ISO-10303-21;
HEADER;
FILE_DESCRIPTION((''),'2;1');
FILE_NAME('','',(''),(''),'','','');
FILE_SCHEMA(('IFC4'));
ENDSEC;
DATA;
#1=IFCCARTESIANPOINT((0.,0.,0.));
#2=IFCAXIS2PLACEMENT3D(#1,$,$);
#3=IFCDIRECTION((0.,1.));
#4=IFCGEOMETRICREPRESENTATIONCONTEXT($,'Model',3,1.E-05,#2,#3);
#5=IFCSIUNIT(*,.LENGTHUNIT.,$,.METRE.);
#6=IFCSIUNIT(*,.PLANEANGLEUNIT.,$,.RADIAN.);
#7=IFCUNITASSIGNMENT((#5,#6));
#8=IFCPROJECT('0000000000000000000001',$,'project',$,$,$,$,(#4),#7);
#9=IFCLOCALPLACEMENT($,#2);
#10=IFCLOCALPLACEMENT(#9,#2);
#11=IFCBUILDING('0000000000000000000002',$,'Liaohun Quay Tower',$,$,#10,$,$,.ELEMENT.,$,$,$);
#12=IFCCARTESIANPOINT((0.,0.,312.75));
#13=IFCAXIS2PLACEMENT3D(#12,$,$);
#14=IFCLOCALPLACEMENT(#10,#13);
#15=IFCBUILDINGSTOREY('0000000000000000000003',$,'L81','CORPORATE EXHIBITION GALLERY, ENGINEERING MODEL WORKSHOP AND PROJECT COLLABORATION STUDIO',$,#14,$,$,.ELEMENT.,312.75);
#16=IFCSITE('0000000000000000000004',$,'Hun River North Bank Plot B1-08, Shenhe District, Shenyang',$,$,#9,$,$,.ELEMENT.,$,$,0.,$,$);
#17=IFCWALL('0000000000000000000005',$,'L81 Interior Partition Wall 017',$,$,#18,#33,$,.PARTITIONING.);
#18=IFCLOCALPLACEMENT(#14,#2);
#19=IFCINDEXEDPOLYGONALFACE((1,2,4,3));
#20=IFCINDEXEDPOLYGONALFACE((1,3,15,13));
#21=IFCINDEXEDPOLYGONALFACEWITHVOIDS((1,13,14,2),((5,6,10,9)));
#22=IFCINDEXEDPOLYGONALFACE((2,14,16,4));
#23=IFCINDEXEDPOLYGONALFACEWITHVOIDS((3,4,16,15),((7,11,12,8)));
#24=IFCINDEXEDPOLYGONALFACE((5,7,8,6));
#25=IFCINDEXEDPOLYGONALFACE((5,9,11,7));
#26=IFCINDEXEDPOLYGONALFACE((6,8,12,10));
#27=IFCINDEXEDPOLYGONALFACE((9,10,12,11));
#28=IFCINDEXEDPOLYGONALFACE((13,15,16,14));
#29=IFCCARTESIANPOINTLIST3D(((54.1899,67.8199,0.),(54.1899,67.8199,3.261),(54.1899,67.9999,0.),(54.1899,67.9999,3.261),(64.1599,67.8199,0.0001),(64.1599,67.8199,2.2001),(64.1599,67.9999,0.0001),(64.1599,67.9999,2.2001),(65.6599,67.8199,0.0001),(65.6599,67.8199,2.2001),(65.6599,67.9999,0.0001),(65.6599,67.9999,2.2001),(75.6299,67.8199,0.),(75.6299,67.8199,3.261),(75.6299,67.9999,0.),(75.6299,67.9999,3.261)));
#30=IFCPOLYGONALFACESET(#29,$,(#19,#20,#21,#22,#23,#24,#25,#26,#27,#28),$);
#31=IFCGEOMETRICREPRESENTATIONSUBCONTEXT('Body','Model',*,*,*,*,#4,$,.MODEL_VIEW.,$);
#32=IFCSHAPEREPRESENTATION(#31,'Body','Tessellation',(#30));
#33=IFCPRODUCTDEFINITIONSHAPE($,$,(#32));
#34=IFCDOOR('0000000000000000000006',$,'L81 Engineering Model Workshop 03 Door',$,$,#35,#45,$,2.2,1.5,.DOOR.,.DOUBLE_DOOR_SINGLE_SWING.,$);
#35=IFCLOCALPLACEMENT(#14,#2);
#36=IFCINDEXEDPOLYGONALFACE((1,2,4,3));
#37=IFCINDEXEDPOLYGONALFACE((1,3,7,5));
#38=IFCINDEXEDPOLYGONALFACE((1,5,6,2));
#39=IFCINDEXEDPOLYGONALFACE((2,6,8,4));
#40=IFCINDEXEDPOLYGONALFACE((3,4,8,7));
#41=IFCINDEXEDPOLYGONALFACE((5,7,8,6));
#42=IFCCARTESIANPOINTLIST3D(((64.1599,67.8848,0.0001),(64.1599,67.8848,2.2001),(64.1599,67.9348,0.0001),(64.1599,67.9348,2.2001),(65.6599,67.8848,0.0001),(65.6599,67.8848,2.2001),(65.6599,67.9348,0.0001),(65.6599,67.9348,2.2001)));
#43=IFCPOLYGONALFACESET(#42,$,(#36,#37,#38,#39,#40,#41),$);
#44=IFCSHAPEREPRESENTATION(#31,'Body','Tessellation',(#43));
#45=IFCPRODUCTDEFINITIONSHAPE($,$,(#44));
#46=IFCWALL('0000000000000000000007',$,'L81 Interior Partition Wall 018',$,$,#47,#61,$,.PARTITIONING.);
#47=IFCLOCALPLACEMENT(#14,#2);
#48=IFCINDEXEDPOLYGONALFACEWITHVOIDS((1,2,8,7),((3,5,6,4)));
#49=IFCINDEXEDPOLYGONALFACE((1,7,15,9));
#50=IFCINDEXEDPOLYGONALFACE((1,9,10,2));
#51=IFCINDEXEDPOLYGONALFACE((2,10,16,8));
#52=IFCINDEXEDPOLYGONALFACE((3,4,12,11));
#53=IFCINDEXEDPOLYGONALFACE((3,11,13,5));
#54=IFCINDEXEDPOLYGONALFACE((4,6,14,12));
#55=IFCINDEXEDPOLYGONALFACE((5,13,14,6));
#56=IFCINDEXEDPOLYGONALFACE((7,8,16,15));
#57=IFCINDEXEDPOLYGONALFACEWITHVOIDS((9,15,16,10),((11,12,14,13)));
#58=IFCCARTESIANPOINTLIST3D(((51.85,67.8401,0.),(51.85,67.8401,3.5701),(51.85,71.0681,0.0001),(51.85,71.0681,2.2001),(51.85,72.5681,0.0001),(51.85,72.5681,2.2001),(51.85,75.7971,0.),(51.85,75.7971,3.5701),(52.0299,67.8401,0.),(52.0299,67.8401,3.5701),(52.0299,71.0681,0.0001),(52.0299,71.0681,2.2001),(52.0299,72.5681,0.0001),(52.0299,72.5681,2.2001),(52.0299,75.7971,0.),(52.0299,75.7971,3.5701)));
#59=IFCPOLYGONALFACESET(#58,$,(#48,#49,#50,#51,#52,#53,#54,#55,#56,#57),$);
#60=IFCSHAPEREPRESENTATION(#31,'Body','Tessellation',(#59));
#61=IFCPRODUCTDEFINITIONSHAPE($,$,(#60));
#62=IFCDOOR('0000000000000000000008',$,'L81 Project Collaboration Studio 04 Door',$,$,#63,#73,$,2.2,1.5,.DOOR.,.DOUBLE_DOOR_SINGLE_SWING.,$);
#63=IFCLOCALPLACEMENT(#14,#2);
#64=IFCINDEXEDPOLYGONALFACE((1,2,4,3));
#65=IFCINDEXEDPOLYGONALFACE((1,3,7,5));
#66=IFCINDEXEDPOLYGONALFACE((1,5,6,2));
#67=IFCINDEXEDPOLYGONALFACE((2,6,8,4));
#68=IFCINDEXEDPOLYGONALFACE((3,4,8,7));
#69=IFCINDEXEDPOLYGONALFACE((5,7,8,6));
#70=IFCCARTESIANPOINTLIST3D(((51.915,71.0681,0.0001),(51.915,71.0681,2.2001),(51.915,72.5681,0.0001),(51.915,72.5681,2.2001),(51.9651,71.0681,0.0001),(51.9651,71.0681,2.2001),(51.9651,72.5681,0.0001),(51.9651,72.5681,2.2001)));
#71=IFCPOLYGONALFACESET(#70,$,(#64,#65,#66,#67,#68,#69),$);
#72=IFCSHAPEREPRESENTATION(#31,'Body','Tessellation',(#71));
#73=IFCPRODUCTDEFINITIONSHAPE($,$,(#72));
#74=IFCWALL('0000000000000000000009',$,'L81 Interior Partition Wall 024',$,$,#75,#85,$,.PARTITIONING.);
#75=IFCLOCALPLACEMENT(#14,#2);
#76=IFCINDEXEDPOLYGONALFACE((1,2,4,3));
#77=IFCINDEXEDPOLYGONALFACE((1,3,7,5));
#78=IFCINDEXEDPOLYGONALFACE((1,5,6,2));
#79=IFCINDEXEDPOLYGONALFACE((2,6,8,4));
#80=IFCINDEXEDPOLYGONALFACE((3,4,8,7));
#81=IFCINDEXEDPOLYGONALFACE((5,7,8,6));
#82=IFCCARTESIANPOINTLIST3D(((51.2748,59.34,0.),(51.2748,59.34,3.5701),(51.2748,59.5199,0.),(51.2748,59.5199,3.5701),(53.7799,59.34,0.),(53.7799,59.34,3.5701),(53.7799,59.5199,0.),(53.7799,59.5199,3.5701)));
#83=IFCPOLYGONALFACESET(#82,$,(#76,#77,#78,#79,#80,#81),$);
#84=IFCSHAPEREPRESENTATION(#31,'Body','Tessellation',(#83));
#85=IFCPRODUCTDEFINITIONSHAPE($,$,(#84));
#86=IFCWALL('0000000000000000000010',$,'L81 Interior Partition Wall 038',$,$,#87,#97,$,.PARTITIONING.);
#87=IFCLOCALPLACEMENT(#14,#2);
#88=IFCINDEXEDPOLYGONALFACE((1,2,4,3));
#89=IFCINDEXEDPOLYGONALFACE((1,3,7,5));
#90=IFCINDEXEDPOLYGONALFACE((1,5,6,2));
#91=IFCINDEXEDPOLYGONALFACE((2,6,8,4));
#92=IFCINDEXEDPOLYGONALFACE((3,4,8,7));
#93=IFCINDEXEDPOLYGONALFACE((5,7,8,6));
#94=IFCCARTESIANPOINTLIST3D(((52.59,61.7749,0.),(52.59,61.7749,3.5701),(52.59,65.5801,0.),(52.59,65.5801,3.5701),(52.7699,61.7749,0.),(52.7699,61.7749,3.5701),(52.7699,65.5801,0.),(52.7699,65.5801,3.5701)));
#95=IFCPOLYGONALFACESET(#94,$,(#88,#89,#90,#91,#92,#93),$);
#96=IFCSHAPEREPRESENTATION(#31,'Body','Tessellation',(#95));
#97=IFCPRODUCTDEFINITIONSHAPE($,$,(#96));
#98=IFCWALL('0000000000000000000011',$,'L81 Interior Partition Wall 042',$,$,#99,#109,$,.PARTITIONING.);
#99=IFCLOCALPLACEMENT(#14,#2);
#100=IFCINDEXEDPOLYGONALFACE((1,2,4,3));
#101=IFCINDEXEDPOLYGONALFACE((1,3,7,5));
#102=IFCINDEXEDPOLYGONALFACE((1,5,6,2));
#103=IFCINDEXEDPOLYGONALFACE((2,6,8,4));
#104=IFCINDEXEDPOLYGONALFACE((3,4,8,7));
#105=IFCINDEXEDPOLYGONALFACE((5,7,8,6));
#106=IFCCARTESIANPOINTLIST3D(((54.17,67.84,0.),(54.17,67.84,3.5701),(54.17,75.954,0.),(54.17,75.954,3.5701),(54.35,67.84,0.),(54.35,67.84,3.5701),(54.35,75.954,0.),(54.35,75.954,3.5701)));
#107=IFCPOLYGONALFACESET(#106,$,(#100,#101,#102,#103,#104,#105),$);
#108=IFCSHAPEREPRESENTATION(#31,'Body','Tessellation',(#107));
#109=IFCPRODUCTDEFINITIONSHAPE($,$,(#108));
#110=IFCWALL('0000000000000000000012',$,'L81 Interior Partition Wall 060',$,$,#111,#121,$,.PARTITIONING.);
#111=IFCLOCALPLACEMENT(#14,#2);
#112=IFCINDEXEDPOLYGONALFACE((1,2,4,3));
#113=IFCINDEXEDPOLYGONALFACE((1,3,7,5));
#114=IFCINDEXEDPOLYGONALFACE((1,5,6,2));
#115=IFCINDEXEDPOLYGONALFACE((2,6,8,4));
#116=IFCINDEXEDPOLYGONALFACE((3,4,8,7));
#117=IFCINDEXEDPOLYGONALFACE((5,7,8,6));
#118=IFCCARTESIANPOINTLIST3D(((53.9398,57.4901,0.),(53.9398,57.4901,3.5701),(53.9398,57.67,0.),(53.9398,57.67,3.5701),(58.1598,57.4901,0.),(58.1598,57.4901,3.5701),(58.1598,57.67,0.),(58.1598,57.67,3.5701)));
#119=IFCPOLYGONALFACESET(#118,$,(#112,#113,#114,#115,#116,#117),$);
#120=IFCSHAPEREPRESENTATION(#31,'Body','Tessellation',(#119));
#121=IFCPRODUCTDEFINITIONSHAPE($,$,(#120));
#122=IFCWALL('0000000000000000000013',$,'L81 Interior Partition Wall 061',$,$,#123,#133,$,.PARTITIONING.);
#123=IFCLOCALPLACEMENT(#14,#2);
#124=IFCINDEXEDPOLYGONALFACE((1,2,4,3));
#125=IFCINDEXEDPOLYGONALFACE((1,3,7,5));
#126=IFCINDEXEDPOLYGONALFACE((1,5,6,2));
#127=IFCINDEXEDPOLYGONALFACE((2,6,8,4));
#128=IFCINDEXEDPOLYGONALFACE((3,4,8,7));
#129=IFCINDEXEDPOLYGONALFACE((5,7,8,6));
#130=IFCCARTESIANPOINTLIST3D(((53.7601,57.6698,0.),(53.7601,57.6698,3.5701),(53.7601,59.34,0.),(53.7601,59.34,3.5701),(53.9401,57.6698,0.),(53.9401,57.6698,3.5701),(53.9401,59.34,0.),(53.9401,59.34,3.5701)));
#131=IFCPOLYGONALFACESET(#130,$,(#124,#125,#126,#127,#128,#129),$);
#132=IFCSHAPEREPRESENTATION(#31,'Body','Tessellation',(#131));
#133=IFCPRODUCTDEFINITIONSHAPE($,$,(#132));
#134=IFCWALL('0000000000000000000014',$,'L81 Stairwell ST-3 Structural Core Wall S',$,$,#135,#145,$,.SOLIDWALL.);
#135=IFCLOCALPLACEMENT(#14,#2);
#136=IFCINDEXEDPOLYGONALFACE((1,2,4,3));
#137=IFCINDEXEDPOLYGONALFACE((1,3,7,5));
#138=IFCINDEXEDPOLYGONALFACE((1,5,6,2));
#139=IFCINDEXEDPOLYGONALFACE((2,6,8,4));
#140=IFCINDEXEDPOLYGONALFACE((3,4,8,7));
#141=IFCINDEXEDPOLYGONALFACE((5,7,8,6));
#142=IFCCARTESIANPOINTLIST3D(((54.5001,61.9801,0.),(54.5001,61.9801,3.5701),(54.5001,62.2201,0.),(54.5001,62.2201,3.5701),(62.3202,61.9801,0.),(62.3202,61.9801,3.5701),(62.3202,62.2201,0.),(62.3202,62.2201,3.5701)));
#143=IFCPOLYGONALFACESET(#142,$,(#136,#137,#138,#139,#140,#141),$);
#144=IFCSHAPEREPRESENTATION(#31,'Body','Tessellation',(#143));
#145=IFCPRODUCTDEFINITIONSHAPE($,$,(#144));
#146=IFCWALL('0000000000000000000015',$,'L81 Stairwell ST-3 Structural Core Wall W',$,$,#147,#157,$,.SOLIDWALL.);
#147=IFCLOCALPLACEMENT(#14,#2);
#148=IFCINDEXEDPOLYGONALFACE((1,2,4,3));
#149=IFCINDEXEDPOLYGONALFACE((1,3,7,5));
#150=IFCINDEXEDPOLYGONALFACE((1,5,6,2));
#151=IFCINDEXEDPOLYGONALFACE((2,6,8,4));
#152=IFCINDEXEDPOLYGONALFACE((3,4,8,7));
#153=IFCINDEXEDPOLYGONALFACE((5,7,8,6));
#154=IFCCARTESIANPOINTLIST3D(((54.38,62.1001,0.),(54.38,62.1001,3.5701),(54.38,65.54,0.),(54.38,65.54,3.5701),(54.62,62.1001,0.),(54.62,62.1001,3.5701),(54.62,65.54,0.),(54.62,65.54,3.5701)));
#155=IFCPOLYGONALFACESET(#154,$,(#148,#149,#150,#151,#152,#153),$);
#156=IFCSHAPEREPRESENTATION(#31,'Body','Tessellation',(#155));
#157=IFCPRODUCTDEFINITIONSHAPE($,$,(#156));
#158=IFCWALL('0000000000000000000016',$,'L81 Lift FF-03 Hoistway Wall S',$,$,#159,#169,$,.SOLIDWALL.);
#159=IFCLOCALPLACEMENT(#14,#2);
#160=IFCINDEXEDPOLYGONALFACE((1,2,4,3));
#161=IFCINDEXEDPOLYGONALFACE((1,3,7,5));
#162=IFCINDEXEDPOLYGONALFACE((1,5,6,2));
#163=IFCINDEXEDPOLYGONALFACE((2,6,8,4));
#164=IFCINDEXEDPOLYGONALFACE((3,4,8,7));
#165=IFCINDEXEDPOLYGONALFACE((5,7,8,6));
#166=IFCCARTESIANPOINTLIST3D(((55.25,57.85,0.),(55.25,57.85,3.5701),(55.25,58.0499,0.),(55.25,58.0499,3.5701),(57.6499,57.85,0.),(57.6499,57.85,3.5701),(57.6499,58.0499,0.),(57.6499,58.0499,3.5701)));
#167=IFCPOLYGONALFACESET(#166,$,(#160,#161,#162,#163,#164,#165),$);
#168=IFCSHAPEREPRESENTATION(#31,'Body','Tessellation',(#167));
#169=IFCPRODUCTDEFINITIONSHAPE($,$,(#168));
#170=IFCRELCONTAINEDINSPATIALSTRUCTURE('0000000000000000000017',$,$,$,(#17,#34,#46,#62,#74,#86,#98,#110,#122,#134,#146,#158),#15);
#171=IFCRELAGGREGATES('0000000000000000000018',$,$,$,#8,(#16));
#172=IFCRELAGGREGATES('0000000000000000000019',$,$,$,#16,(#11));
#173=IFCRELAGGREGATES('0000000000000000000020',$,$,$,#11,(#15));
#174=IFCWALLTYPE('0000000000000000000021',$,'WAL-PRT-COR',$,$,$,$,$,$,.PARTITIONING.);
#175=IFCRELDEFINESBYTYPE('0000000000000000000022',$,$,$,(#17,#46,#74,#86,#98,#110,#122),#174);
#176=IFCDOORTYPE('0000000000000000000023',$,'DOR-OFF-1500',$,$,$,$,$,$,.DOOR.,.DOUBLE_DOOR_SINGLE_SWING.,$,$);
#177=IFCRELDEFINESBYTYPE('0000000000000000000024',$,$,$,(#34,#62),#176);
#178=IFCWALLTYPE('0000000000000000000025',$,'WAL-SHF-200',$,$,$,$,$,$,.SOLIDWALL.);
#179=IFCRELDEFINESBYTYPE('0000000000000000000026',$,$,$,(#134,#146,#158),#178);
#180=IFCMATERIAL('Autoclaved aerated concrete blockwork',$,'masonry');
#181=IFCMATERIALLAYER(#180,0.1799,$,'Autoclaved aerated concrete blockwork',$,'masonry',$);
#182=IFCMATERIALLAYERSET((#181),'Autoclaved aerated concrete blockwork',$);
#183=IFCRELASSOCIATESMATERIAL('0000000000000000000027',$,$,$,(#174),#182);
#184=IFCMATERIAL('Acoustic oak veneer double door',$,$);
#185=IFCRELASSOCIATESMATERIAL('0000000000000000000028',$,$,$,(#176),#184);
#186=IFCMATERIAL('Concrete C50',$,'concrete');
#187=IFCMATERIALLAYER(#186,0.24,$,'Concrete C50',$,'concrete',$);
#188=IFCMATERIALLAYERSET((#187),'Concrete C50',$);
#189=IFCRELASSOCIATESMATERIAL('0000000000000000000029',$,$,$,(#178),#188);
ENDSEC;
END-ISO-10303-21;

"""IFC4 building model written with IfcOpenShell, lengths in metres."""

from ifc_helpers import new_model, si_unit, direction, frame, frame_2d, origin, place, context, subcontext, project, spatial, rectangle, extrude, source, transform, mapped, material, layer, layer_set, type_object, element, fill, save


model = new_model("IFC4")

# Units and contexts
model_context = context("Model", 3, precision=1e-05, world=origin(), true_north=direction((0.0, 1.0)))
body_context = subcontext(model_context, "Body", "Model", "MODEL_VIEW")
ifc_project = project(units=[si_unit("LENGTHUNIT", "METRE"), si_unit("PLANEANGLEUNIT", "RADIAN")], contexts=[model_context])

# Site, building, storey
site_placement = place(None, origin())
site = spatial("IfcSite", under=ifc_project, at=site_placement, Name="Hun River North Bank Plot B1-08, Shenhe District, Shenyang", CompositionType="ELEMENT", RefElevation=0.0)
building_placement = place(site_placement, origin())
building = spatial("IfcBuilding", under=site, at=building_placement, Name="Liaohun Quay Tower", CompositionType="ELEMENT")
storey_placement = place(building_placement, frame((0.0, 0.0, 312.75)))
storey = spatial("IfcBuildingStorey", under=building, at=storey_placement, Name="L81", Description="CORPORATE EXHIBITION GALLERY, ENGINEERING MODEL WORKSHOP AND PROJECT COLLABORATION STUDIO", CompositionType="ELEMENT", Elevation=312.75)

# Shared definitions
ifc_material_1 = material(Name="Concrete C50", Category="concrete")

# Walls, openings, doors
ifc_material_2 = material(Name="Autoclaved aerated concrete blockwork", Category="masonry")
ifc_layer_1 = layer(ifc_material_2, 0.1799, Name="Autoclaved aerated concrete blockwork", Category="masonry")
ifc_layer_set_1 = layer_set([ifc_layer_1], Name="Autoclaved aerated concrete blockwork")
wall_type_1 = type_object("IfcWallType", Name="WAL-PRT-COR", PredefinedType="PARTITIONING", material=ifc_layer_set_1)
wall_1_placement = place(storey_placement, frame((54.1899, 67.9099, 0.0), z_axis=(0.0, 0.0, 1.0), x_axis=(1.0, 0.0, 0.0)))
wall_1 = element("IfcWall", 1, at=wall_1_placement, inside=storey, type_object=wall_type_1, Name="L81 Interior Partition Wall 017", PredefinedType="PARTITIONING", context=body_context, shape_type="SweptSolid", body=[
    extrude(rectangle(XDim=21.4399, YDim=0.1799, at=frame_2d((10.72, 0.0))), origin(), (0.0, 0.0, 1.0), 3.261),
])
shared_shape_1 = source(origin(), body_context, "Body", "SweptSolid", [
    extrude(rectangle(XDim=1.5, YDim=2.2, at=frame_2d((0.75, 1.1001))), frame((0.0, 0.0999, 0.0), z_axis=(0.0, -1.0, 0.0), x_axis=(1.0, 0.0, 0.0)), (0.0, 0.0, 1.0), 0.2),
])
opening_1_placement = place(wall_1_placement, frame((9.97, 0.0, 0.0)))
opening_1 = element("IfcOpeningElement", 2, at=opening_1_placement, cuts=wall_1, PredefinedType="OPENING", context=body_context, shape_type="MappedRepresentation", body=[
    mapped(shared_shape_1, transform((0.0, 0.0, 0.0), x_axis=(1.0, 0.0, 0.0), y_axis=(0.0, 1.0, 0.0), z_axis=(0.0, 0.0, 1.0), scale=1.0)),
])
ifc_material_3 = material(Name="Acoustic oak veneer double door")
door_type_1 = type_object("IfcDoorType", Name="DOR-OFF-1500", OperationType="DOUBLE_DOOR_SINGLE_SWING", PredefinedType="DOOR", material=ifc_material_3)
shared_shape_2 = source(origin(), body_context, "Body", "SweptSolid", [
    extrude(rectangle(XDim=1.5, YDim=2.2, at=frame_2d((0.75, 1.1001))), frame((0.0, 0.0249, 0.0), z_axis=(0.0, -1.0, 0.0), x_axis=(1.0, 0.0, 0.0)), (0.0, 0.0, 1.0), 0.05),
])
door_1_placement = place(opening_1_placement, origin())
door_1 = element("IfcDoor", 3, at=door_1_placement, inside=storey, type_object=door_type_1, Name="L81 Engineering Model Workshop 03 Door", OperationType="DOUBLE_DOOR_SINGLE_SWING", OverallHeight=2.2, OverallWidth=1.5, PredefinedType="DOOR", context=body_context, shape_type="MappedRepresentation", body=[
    mapped(shared_shape_2, transform((0.0, 0.0, 0.0), x_axis=(1.0, 0.0, 0.0), y_axis=(0.0, 1.0, 0.0), z_axis=(0.0, 0.0, 1.0), scale=1.0)),
])
fill(opening_1, door_1)
wall_2_placement = place(storey_placement, frame((51.9399, 67.8401, 0.0), z_axis=(0.0, 0.0, 1.0), x_axis=(0.0, 1.0, 0.0)))
wall_2 = element("IfcWall", 4, at=wall_2_placement, inside=storey, type_object=wall_type_1, Name="L81 Interior Partition Wall 018", PredefinedType="PARTITIONING", context=body_context, shape_type="SweptSolid", body=[
    extrude(rectangle(XDim=7.957, YDim=0.1799, at=frame_2d((3.9785, 0.0))), origin(), (0.0, 0.0, 1.0), 3.5701),
])
opening_2_placement = place(wall_2_placement, frame((3.228, 0.0, 0.0)))
opening_2 = element("IfcOpeningElement", 5, at=opening_2_placement, cuts=wall_2, PredefinedType="OPENING", context=body_context, shape_type="MappedRepresentation", body=[
    mapped(shared_shape_1, transform((0.0, 0.0, 0.0), x_axis=(1.0, 0.0, 0.0), y_axis=(0.0, 1.0, 0.0), z_axis=(0.0, 0.0, 1.0), scale=1.0)),
])
door_2_placement = place(opening_2_placement, origin())
door_2 = element("IfcDoor", 6, at=door_2_placement, inside=storey, type_object=door_type_1, Name="L81 Project Collaboration Studio 04 Door", OperationType="DOUBLE_DOOR_SINGLE_SWING", OverallHeight=2.2, OverallWidth=1.5, PredefinedType="DOOR", context=body_context, shape_type="MappedRepresentation", body=[
    mapped(shared_shape_2, transform((0.0, 0.0, 0.0), x_axis=(1.0, 0.0, 0.0), y_axis=(0.0, 1.0, 0.0), z_axis=(0.0, 0.0, 1.0), scale=1.0)),
])
fill(opening_2, door_2)

# Walls
wall_3_placement = place(storey_placement, frame((51.2749, 59.4299, 0.0), z_axis=(0.0, 0.0, 1.0), x_axis=(1.0, 0.0, 0.0)))
element("IfcWall", 7, at=wall_3_placement, inside=storey, type_object=wall_type_1, Name="L81 Interior Partition Wall 024", PredefinedType="PARTITIONING", context=body_context, shape_type="SweptSolid", body=[
    extrude(rectangle(XDim=2.5051, YDim=0.1799, at=frame_2d((1.2524, 0.0))), origin(), (0.0, 0.0, 1.0), 3.5701),
])
wall_4_placement = place(storey_placement, frame((52.6799, 61.7749, 0.0), z_axis=(0.0, 0.0, 1.0), x_axis=(0.0, 1.0, 0.0)))
element("IfcWall", 8, at=wall_4_placement, inside=storey, type_object=wall_type_1, Name="L81 Interior Partition Wall 038", PredefinedType="PARTITIONING", context=body_context, shape_type="SweptSolid", body=[
    extrude(rectangle(XDim=3.8052, YDim=0.1799, at=frame_2d((1.9026, 0.0))), origin(), (0.0, 0.0, 1.0), 3.5701),
])
wall_5_placement = place(storey_placement, frame((54.26, 75.9541, 0.0), z_axis=(0.0, 0.0, 1.0), x_axis=(0.0, -1.0, 0.0)))
element("IfcWall", 9, at=wall_5_placement, inside=storey, type_object=wall_type_1, Name="L81 Interior Partition Wall 042", PredefinedType="PARTITIONING", context=body_context, shape_type="SweptSolid", body=[
    extrude(rectangle(XDim=8.114, YDim=0.1799, at=frame_2d((4.0571, 0.0))), origin(), (0.0, 0.0, 1.0), 3.5701),
])
wall_6_placement = place(storey_placement, frame((53.9399, 57.5801, 0.0), z_axis=(0.0, 0.0, 1.0), x_axis=(1.0, 0.0, 0.0)))
element("IfcWall", 10, at=wall_6_placement, inside=storey, type_object=wall_type_1, Name="L81 Interior Partition Wall 060", PredefinedType="PARTITIONING", context=body_context, shape_type="SweptSolid", body=[
    extrude(rectangle(XDim=4.22, YDim=0.1799, at=frame_2d((2.1099, 0.0))), origin(), (0.0, 0.0, 1.0), 3.5701),
])
wall_7_placement = place(storey_placement, frame((53.8501, 57.6699, 0.0), z_axis=(0.0, 0.0, 1.0), x_axis=(0.0, 1.0, 0.0)))
element("IfcWall", 11, at=wall_7_placement, inside=storey, type_object=wall_type_1, Name="L81 Interior Partition Wall 061", PredefinedType="PARTITIONING", context=body_context, shape_type="SweptSolid", body=[
    extrude(rectangle(XDim=1.6702, YDim=0.1799, at=frame_2d((0.835, 0.0))), origin(), (0.0, 0.0, 1.0), 3.5701),
])
ifc_layer_2 = layer(ifc_material_1, 0.24, Name="Concrete C50", Category="concrete")
ifc_layer_set_2 = layer_set([ifc_layer_2], Name="Concrete C50")
wall_type_2 = type_object("IfcWallType", Name="WAL-SHF-200", PredefinedType="SOLIDWALL", material=ifc_layer_set_2)
wall_8_placement = place(storey_placement, frame((54.5, 62.1001, 0.0), z_axis=(0.0, 0.0, 1.0), x_axis=(1.0, 0.0, 0.0)))
element("IfcWall", 12, at=wall_8_placement, inside=storey, type_object=wall_type_2, Name="L81 Stairwell ST-3 Structural Core Wall S", PredefinedType="SOLIDWALL", context=body_context, shape_type="SweptSolid", body=[
    extrude(rectangle(XDim=7.8201, YDim=0.24, at=frame_2d((3.9102, 0.0))), origin(), (0.0, 0.0, 1.0), 3.5701),
])
wall_9_placement = place(storey_placement, frame((54.5, 65.54, 0.0), z_axis=(0.0, 0.0, 1.0), x_axis=(0.0, -1.0, 0.0)))
element("IfcWall", 13, at=wall_9_placement, inside=storey, type_object=wall_type_2, Name="L81 Stairwell ST-3 Structural Core Wall W", PredefinedType="SOLIDWALL", context=body_context, shape_type="SweptSolid", body=[
    extrude(rectangle(XDim=3.4399, YDim=0.24, at=frame_2d((1.72, 0.0))), origin(), (0.0, 0.0, 1.0), 3.5701),
])
wall_10_placement = place(storey_placement, frame((55.25, 57.95, 0.0), z_axis=(0.0, 0.0, 1.0), x_axis=(1.0, 0.0, 0.0)))
element("IfcWall", 14, at=wall_10_placement, inside=storey, type_object=wall_type_2, Name="L81 Lift FF-03 Hoistway Wall S", PredefinedType="SOLIDWALL", context=body_context, shape_type="SweptSolid", body=[
    extrude(rectangle(XDim=2.3999, YDim=0.2, at=frame_2d((1.2, 0.0))), origin(), (0.0, 0.0, 1.0), 3.5701),
])

save(model, "model.ifc")
